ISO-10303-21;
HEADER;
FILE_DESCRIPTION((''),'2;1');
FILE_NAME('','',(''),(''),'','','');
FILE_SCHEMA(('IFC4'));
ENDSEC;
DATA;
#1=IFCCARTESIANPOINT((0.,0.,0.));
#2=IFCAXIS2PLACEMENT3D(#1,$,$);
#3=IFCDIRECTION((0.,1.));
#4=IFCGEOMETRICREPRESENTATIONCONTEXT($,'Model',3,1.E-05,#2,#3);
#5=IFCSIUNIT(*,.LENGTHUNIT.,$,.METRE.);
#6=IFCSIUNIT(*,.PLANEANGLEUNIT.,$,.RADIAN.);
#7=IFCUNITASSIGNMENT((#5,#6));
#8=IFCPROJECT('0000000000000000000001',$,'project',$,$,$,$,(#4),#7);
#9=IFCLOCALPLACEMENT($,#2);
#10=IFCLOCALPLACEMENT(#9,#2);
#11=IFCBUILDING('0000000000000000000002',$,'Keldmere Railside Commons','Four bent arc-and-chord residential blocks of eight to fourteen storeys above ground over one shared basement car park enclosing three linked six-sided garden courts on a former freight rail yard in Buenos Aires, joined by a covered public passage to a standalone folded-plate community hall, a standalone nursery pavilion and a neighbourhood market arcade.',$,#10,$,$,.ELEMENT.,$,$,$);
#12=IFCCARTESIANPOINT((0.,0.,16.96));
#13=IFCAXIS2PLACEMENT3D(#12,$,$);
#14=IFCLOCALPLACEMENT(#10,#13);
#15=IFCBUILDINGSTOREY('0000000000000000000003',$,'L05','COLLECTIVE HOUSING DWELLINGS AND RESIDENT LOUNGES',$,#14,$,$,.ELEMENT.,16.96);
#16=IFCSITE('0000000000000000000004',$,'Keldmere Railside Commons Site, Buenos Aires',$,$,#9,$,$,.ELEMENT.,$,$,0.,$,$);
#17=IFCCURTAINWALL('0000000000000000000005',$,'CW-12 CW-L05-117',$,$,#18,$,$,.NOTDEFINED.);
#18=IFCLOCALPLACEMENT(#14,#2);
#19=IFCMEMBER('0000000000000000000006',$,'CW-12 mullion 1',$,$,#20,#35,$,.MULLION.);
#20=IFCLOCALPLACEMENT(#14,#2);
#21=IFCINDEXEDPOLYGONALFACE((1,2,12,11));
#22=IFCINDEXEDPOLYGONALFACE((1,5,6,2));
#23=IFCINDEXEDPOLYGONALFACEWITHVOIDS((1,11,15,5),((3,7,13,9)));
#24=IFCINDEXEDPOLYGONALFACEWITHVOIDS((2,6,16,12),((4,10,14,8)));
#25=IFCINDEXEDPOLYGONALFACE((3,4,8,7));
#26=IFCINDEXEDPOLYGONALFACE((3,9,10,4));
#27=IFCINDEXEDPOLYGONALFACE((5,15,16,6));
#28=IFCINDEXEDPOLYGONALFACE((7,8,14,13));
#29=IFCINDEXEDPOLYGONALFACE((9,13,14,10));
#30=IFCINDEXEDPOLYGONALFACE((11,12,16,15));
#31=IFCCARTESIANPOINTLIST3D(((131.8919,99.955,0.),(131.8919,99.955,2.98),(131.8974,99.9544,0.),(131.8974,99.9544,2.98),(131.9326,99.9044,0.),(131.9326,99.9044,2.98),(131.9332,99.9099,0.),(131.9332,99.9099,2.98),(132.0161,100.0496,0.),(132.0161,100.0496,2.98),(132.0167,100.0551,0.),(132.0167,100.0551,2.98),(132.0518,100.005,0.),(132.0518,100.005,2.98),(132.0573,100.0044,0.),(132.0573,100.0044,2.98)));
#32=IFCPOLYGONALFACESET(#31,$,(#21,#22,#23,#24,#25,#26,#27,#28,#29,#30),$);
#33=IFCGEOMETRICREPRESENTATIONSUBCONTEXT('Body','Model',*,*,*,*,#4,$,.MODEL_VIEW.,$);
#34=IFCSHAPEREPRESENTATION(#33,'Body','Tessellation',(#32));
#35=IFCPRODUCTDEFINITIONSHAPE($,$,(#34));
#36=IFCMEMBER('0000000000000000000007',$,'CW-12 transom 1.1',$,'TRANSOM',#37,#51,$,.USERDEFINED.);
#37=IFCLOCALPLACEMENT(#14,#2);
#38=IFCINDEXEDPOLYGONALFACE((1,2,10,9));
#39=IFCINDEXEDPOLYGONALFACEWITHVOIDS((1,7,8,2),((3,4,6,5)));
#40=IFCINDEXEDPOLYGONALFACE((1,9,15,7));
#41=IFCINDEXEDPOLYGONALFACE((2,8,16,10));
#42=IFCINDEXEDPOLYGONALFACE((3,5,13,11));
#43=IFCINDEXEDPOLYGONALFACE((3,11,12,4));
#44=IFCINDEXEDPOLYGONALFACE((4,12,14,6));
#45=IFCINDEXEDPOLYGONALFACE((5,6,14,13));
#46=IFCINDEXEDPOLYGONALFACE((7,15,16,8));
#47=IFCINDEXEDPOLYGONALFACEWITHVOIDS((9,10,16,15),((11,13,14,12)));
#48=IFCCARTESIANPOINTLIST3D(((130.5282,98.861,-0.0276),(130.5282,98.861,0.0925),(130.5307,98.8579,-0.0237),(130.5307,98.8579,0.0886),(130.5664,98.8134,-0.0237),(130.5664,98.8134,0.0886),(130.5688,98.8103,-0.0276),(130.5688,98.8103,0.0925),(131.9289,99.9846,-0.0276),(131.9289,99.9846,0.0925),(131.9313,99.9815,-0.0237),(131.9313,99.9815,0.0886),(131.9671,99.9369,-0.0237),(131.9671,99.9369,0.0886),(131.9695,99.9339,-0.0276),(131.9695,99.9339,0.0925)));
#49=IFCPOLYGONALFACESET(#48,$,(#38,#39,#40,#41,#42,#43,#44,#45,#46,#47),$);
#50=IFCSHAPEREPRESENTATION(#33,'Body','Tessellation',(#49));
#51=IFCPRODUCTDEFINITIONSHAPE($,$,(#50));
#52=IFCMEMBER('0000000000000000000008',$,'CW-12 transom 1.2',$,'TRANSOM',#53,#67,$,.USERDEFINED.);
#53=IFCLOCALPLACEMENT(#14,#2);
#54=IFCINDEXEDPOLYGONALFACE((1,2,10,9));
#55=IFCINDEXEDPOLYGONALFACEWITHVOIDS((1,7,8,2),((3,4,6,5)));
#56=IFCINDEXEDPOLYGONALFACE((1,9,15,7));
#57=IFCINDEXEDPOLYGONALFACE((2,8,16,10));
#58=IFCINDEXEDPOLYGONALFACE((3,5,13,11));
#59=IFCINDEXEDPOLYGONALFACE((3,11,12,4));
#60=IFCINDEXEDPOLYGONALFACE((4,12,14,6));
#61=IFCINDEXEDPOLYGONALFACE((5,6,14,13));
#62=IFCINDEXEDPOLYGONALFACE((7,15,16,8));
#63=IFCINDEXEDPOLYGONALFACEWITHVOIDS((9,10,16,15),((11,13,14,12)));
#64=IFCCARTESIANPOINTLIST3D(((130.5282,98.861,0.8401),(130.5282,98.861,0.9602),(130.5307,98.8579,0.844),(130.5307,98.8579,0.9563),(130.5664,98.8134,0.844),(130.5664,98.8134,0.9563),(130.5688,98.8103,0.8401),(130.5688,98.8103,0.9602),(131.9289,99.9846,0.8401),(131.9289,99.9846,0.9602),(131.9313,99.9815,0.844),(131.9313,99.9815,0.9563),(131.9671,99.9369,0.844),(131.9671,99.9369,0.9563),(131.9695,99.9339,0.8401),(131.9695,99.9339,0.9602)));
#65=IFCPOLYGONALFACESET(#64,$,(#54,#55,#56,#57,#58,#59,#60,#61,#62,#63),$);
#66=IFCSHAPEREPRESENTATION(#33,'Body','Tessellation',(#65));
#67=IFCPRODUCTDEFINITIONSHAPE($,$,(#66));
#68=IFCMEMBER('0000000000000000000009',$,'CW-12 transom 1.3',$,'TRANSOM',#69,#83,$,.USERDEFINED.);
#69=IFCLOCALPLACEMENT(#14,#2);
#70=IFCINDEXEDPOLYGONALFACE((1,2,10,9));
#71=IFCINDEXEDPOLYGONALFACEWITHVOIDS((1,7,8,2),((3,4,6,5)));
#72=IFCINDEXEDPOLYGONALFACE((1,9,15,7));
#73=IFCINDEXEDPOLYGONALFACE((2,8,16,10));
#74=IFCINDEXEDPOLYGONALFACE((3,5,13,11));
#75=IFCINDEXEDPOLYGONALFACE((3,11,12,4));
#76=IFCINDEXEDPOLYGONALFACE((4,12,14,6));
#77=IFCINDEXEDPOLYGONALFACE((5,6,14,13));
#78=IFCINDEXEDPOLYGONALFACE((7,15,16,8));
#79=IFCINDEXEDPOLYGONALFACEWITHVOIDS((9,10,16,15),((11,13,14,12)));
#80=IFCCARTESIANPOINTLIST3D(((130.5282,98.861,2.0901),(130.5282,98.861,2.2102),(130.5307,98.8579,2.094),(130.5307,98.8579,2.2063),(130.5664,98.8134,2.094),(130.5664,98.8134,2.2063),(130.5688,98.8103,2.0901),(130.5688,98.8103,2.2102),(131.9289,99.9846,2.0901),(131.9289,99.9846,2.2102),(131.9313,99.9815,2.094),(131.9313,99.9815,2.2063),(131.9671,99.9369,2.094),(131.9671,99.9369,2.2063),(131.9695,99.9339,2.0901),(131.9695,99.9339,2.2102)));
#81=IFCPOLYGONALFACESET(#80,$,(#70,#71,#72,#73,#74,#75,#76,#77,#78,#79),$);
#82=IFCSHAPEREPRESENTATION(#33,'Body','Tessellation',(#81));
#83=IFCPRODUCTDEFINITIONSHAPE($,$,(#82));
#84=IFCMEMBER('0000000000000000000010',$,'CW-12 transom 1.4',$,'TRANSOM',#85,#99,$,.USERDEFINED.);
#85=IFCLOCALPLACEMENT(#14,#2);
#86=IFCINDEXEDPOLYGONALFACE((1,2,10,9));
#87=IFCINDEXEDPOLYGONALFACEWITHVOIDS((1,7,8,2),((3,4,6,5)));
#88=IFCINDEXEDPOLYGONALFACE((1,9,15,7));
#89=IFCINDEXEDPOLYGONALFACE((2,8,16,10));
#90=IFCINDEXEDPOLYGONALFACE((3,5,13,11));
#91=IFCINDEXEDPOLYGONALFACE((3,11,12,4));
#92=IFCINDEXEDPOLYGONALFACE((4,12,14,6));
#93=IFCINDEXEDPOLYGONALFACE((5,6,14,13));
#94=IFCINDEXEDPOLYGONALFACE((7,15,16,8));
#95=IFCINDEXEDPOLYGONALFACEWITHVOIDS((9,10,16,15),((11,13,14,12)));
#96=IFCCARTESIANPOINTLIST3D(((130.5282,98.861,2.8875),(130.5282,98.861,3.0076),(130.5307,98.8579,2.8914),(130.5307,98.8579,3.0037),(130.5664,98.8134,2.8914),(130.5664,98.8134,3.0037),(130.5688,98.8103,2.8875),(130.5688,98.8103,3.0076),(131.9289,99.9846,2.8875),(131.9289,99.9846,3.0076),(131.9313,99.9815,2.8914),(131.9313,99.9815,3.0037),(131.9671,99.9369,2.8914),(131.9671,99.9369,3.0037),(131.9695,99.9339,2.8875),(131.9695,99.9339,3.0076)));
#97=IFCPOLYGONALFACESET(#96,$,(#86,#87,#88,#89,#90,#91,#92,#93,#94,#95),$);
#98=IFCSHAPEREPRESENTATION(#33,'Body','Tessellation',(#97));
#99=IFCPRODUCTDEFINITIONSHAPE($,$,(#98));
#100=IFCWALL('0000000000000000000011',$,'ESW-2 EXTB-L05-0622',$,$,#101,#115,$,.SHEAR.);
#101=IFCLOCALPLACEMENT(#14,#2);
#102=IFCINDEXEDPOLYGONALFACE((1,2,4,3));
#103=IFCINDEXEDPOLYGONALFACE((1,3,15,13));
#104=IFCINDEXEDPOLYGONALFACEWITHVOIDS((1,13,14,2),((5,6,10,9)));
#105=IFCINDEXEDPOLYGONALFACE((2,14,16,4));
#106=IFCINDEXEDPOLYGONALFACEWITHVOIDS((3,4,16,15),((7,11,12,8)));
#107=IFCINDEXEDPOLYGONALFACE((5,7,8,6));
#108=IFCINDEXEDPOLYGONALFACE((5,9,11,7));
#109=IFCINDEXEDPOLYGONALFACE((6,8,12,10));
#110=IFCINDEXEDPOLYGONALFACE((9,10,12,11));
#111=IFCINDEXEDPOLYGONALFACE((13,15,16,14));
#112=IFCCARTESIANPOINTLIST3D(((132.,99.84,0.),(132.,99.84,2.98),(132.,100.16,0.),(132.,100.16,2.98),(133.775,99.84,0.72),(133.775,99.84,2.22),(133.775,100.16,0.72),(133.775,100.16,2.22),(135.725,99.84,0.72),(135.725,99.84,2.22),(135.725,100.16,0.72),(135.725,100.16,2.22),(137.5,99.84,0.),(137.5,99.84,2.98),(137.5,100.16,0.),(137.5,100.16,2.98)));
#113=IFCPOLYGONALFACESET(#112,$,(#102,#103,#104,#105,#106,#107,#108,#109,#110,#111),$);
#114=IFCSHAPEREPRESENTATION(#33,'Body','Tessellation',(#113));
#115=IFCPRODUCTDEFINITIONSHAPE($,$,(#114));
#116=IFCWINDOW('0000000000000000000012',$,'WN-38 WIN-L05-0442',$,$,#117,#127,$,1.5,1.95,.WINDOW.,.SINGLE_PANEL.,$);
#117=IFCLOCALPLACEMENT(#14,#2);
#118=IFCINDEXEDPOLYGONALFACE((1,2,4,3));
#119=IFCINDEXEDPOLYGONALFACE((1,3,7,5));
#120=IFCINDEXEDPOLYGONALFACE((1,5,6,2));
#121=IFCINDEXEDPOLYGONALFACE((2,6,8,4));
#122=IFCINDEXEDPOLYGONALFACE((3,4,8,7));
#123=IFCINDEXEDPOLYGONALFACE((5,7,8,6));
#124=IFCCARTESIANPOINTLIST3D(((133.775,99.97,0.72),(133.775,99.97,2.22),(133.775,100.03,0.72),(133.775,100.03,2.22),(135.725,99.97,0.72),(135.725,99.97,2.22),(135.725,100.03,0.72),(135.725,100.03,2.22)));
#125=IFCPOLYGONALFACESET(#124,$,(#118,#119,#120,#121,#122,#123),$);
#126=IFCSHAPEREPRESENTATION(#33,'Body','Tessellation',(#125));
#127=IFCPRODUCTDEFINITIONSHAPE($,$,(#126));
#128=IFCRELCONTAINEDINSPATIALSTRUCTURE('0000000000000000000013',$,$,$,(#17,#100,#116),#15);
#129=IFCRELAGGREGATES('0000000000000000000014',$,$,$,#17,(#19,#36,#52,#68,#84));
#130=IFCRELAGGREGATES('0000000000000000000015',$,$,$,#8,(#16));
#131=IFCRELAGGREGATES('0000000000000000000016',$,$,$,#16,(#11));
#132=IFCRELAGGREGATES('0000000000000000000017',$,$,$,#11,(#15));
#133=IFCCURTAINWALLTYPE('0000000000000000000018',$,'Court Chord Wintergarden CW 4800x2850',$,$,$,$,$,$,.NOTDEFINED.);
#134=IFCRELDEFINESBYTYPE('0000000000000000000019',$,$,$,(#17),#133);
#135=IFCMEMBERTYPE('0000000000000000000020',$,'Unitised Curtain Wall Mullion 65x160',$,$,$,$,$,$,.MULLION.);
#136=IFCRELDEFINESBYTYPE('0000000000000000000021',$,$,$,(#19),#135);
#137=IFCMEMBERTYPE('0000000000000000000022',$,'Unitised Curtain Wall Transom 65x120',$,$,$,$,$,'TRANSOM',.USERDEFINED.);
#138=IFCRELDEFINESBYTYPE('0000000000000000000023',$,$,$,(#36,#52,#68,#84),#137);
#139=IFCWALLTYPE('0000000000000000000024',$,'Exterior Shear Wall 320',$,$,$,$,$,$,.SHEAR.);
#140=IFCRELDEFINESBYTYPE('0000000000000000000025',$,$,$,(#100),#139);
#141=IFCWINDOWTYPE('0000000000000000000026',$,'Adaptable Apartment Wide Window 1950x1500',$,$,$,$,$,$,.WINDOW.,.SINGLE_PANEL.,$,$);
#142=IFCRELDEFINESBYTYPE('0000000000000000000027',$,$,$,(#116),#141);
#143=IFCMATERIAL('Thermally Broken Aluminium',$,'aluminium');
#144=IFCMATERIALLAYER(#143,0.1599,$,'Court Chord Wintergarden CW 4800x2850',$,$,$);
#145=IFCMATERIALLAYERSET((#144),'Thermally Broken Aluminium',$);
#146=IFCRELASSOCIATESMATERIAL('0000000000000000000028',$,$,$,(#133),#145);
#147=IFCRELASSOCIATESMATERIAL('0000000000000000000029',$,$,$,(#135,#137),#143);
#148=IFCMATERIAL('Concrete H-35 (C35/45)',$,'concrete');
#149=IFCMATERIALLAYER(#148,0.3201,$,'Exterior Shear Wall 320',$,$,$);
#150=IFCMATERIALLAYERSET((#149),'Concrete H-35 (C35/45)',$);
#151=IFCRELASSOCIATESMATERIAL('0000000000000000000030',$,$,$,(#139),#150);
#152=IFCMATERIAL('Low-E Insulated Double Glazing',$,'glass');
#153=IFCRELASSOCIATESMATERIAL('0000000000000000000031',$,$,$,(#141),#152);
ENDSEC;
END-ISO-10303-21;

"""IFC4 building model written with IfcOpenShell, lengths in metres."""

from ifc_helpers import new_model, si_unit, direction, frame, frame_2d, origin, origin_2d, place, context, subcontext, project, spatial, rectangle, hollow_rectangle, extrude, material, layer, layer_set, material_profile, profile_set, type_object, element, fill, aggregate, save


model = new_model("IFC4")

# Units and contexts
model_context = context("Model", 3, precision=1e-05, world=origin(), true_north=direction((0.0, 1.0)))
body_context = subcontext(model_context, "Body", "Model", "MODEL_VIEW")
ifc_project = project(units=[si_unit("LENGTHUNIT", "METRE"), si_unit("PLANEANGLEUNIT", "RADIAN")], contexts=[model_context])

# Site, building, storey
site_placement = place(None, origin())
site = spatial("IfcSite", under=ifc_project, at=site_placement, Name="Keldmere Railside Commons Site, Buenos Aires", CompositionType="ELEMENT", RefElevation=0.0)
building_placement = place(site_placement, origin())
building = spatial("IfcBuilding", under=site, at=building_placement, Name="Keldmere Railside Commons", Description="Four bent arc-and-chord residential blocks of eight to fourteen storeys above ground over one shared basement car park enclosing three linked six-sided garden courts on a former freight rail yard in Buenos Aires, joined by a covered public passage to a standalone folded-plate community hall, a standalone nursery pavilion and a neighbourhood market arcade.", CompositionType="ELEMENT")
storey_placement = place(building_placement, frame((0.0, 0.0, 16.96)))
storey = spatial("IfcBuildingStorey", under=building, at=storey_placement, Name="L05", Description="COLLECTIVE HOUSING DWELLINGS AND RESIDENT LOUNGES", CompositionType="ELEMENT", Elevation=16.96)

# Curtain wall, members
ifc_material_1 = material(Name="Thermally Broken Aluminium", Category="aluminium")
ifc_layer_1 = layer(ifc_material_1, 0.1599, Name="Court Chord Wintergarden CW 4800x2850")
ifc_layer_set_1 = layer_set([ifc_layer_1], Name="Thermally Broken Aluminium")
curtain_wall_type = type_object("IfcCurtainWallType", Name="Court Chord Wintergarden CW 4800x2850", PredefinedType="NOTDEFINED", material=ifc_layer_set_1)
curtain_wall_placement = place(storey_placement, origin())
curtain_wall = element("IfcCurtainWall", 1, at=curtain_wall_placement, inside=storey, type_object=curtain_wall_type, Name="CW-12 CW-L05-117", PredefinedType="NOTDEFINED")
ifc_material_profile_1 = material_profile(ifc_material_1, hollow_rectangle(XDim=0.0649, YDim=0.1599, WallThickness=0.0039, at=origin_2d()), Name="ALU-MULL-65x160")
ifc_profile_set_1 = profile_set([ifc_material_profile_1], Name="Thermally Broken Aluminium")
member_type_1 = type_object("IfcMemberType", Name="Unitised Curtain Wall Mullion 65x160", PredefinedType="MULLION", material=ifc_profile_set_1)
member_1_placement = place(storey_placement, frame((131.9746, 99.9797, 0.0), z_axis=(0.0, 0.0, 1.0), x_axis=(0.625768, -0.780009, 0.0)))
member_1 = element("IfcMember", 2, at=member_1_placement, type_object=member_type_1, Name="CW-12 mullion 1", PredefinedType="MULLION", context=body_context, shape_type="SweptSolid", body=[
    extrude(hollow_rectangle(XDim=0.0649, YDim=0.1599, WallThickness=0.0039, at=origin_2d()), origin(), (0.0, 0.0, 1.0), 2.98),
])
ifc_material_profile_2 = material_profile(ifc_material_1, hollow_rectangle(XDim=0.0649, YDim=0.1201, WallThickness=0.0039, at=origin_2d()), Name="ALU-TRAN-65x120")
ifc_profile_set_2 = profile_set([ifc_material_profile_2], Name="Thermally Broken Aluminium")
member_type_2 = type_object("IfcMemberType", Name="Unitised Curtain Wall Transom 65x120", ElementType="TRANSOM", PredefinedType="USERDEFINED", material=ifc_profile_set_2)
member_2_placement = place(storey_placement, frame((131.9492, 99.9592, 0.0325), z_axis=(-0.780046, -0.625723, 0.0), x_axis=(0.625723, -0.780046, 0.0)))
member_2 = element("IfcMember", 3, at=member_2_placement, type_object=member_type_2, Name="CW-12 transom 1.1", ObjectType="TRANSOM", PredefinedType="USERDEFINED", context=body_context, shape_type="SweptSolid", body=[
    extrude(hollow_rectangle(XDim=0.0649, YDim=0.1201, WallThickness=0.0039, at=origin_2d()), origin(), (0.0, 0.0, 1.0), 1.7957),
])
member_3_placement = place(storey_placement, frame((131.9492, 99.9592, 0.9001), z_axis=(-0.780046, -0.625723, 0.0), x_axis=(0.625723, -0.780046, 0.0)))
member_3 = element("IfcMember", 4, at=member_3_placement, type_object=member_type_2, Name="CW-12 transom 1.2", ObjectType="TRANSOM", PredefinedType="USERDEFINED", context=body_context, shape_type="SweptSolid", body=[
    extrude(hollow_rectangle(XDim=0.0649, YDim=0.1201, WallThickness=0.0039, at=origin_2d()), origin(), (0.0, 0.0, 1.0), 1.7957),
])
member_4_placement = place(storey_placement, frame((131.9492, 99.9592, 2.1501), z_axis=(-0.780046, -0.625723, 0.0), x_axis=(0.625723, -0.780046, 0.0)))
member_4 = element("IfcMember", 5, at=member_4_placement, type_object=member_type_2, Name="CW-12 transom 1.3", ObjectType="TRANSOM", PredefinedType="USERDEFINED", context=body_context, shape_type="SweptSolid", body=[
    extrude(hollow_rectangle(XDim=0.0649, YDim=0.1201, WallThickness=0.0039, at=origin_2d()), origin(), (0.0, 0.0, 1.0), 1.7957),
])
member_5_placement = place(storey_placement, frame((131.9492, 99.9592, 2.9475), z_axis=(-0.780046, -0.625723, 0.0), x_axis=(0.625723, -0.780046, 0.0)))
member_5 = element("IfcMember", 6, at=member_5_placement, type_object=member_type_2, Name="CW-12 transom 1.4", ObjectType="TRANSOM", PredefinedType="USERDEFINED", context=body_context, shape_type="SweptSolid", body=[
    extrude(hollow_rectangle(XDim=0.0649, YDim=0.1201, WallThickness=0.0039, at=origin_2d()), origin(), (0.0, 0.0, 1.0), 1.7957),
])
aggregate(curtain_wall, [member_1, member_2, member_3, member_4, member_5])

# Wall, opening, window
ifc_material_2 = material(Name="Concrete H-35 (C35/45)", Category="concrete")
ifc_layer_2 = layer(ifc_material_2, 0.3201, Name="Exterior Shear Wall 320")
ifc_layer_set_2 = layer_set([ifc_layer_2], Name="Concrete H-35 (C35/45)")
wall_type_1 = type_object("IfcWallType", Name="Exterior Shear Wall 320", PredefinedType="SHEAR", material=ifc_layer_set_2)
wall_1_placement = place(storey_placement, frame((137.5, 100.0, 0.0), z_axis=(0.0, 0.0, 1.0), x_axis=(-1.0, 0.0, 0.0)))
wall_1 = element("IfcWall", 7, at=wall_1_placement, inside=storey, type_object=wall_type_1, Name="ESW-2 EXTB-L05-0622", PredefinedType="SHEAR", context=body_context, shape_type="SweptSolid", body=[
    extrude(rectangle(XDim=5.5, YDim=0.3201, at=frame_2d((2.75, 0.0))), origin(), (0.0, 0.0, 1.0), 2.98),
])
opening_1_placement = place(wall_1_placement, frame((1.7749, 0.0, 0.72)))
opening_1 = element("IfcOpeningElement", 8, at=opening_1_placement, cuts=wall_1, PredefinedType="OPENING", context=body_context, shape_type="SweptSolid", body=[
    extrude(rectangle(XDim=1.95, YDim=1.5, at=frame_2d((0.9751, 0.75))), frame((0.0, 0.1699, 0.0), z_axis=(0.0, -1.0, 0.0), x_axis=(1.0, 0.0, 0.0)), (0.0, 0.0, 1.0), 0.3401),
])
ifc_material_3 = material(Name="Low-E Insulated Double Glazing", Category="glass")
window_type_1 = type_object("IfcWindowType", Name="Adaptable Apartment Wide Window 1950x1500", PartitioningType="SINGLE_PANEL", PredefinedType="WINDOW", material=ifc_material_3)
window_1_placement = place(opening_1_placement, origin())
window_1 = element("IfcWindow", 9, at=window_1_placement, inside=storey, type_object=window_type_1, Name="WN-38 WIN-L05-0442", OverallHeight=1.5, OverallWidth=1.95, PartitioningType="SINGLE_PANEL", PredefinedType="WINDOW", context=body_context, shape_type="SweptSolid", body=[
    extrude(rectangle(XDim=1.95, YDim=1.5, at=frame_2d((0.9751, 0.75))), frame((0.0, 0.03, 0.0), z_axis=(0.0, -1.0, 0.0), x_axis=(1.0, 0.0, 0.0)), (0.0, 0.0, 1.0), 0.0601),
])
fill(opening_1, window_1)

save(model, "model.ifc")
